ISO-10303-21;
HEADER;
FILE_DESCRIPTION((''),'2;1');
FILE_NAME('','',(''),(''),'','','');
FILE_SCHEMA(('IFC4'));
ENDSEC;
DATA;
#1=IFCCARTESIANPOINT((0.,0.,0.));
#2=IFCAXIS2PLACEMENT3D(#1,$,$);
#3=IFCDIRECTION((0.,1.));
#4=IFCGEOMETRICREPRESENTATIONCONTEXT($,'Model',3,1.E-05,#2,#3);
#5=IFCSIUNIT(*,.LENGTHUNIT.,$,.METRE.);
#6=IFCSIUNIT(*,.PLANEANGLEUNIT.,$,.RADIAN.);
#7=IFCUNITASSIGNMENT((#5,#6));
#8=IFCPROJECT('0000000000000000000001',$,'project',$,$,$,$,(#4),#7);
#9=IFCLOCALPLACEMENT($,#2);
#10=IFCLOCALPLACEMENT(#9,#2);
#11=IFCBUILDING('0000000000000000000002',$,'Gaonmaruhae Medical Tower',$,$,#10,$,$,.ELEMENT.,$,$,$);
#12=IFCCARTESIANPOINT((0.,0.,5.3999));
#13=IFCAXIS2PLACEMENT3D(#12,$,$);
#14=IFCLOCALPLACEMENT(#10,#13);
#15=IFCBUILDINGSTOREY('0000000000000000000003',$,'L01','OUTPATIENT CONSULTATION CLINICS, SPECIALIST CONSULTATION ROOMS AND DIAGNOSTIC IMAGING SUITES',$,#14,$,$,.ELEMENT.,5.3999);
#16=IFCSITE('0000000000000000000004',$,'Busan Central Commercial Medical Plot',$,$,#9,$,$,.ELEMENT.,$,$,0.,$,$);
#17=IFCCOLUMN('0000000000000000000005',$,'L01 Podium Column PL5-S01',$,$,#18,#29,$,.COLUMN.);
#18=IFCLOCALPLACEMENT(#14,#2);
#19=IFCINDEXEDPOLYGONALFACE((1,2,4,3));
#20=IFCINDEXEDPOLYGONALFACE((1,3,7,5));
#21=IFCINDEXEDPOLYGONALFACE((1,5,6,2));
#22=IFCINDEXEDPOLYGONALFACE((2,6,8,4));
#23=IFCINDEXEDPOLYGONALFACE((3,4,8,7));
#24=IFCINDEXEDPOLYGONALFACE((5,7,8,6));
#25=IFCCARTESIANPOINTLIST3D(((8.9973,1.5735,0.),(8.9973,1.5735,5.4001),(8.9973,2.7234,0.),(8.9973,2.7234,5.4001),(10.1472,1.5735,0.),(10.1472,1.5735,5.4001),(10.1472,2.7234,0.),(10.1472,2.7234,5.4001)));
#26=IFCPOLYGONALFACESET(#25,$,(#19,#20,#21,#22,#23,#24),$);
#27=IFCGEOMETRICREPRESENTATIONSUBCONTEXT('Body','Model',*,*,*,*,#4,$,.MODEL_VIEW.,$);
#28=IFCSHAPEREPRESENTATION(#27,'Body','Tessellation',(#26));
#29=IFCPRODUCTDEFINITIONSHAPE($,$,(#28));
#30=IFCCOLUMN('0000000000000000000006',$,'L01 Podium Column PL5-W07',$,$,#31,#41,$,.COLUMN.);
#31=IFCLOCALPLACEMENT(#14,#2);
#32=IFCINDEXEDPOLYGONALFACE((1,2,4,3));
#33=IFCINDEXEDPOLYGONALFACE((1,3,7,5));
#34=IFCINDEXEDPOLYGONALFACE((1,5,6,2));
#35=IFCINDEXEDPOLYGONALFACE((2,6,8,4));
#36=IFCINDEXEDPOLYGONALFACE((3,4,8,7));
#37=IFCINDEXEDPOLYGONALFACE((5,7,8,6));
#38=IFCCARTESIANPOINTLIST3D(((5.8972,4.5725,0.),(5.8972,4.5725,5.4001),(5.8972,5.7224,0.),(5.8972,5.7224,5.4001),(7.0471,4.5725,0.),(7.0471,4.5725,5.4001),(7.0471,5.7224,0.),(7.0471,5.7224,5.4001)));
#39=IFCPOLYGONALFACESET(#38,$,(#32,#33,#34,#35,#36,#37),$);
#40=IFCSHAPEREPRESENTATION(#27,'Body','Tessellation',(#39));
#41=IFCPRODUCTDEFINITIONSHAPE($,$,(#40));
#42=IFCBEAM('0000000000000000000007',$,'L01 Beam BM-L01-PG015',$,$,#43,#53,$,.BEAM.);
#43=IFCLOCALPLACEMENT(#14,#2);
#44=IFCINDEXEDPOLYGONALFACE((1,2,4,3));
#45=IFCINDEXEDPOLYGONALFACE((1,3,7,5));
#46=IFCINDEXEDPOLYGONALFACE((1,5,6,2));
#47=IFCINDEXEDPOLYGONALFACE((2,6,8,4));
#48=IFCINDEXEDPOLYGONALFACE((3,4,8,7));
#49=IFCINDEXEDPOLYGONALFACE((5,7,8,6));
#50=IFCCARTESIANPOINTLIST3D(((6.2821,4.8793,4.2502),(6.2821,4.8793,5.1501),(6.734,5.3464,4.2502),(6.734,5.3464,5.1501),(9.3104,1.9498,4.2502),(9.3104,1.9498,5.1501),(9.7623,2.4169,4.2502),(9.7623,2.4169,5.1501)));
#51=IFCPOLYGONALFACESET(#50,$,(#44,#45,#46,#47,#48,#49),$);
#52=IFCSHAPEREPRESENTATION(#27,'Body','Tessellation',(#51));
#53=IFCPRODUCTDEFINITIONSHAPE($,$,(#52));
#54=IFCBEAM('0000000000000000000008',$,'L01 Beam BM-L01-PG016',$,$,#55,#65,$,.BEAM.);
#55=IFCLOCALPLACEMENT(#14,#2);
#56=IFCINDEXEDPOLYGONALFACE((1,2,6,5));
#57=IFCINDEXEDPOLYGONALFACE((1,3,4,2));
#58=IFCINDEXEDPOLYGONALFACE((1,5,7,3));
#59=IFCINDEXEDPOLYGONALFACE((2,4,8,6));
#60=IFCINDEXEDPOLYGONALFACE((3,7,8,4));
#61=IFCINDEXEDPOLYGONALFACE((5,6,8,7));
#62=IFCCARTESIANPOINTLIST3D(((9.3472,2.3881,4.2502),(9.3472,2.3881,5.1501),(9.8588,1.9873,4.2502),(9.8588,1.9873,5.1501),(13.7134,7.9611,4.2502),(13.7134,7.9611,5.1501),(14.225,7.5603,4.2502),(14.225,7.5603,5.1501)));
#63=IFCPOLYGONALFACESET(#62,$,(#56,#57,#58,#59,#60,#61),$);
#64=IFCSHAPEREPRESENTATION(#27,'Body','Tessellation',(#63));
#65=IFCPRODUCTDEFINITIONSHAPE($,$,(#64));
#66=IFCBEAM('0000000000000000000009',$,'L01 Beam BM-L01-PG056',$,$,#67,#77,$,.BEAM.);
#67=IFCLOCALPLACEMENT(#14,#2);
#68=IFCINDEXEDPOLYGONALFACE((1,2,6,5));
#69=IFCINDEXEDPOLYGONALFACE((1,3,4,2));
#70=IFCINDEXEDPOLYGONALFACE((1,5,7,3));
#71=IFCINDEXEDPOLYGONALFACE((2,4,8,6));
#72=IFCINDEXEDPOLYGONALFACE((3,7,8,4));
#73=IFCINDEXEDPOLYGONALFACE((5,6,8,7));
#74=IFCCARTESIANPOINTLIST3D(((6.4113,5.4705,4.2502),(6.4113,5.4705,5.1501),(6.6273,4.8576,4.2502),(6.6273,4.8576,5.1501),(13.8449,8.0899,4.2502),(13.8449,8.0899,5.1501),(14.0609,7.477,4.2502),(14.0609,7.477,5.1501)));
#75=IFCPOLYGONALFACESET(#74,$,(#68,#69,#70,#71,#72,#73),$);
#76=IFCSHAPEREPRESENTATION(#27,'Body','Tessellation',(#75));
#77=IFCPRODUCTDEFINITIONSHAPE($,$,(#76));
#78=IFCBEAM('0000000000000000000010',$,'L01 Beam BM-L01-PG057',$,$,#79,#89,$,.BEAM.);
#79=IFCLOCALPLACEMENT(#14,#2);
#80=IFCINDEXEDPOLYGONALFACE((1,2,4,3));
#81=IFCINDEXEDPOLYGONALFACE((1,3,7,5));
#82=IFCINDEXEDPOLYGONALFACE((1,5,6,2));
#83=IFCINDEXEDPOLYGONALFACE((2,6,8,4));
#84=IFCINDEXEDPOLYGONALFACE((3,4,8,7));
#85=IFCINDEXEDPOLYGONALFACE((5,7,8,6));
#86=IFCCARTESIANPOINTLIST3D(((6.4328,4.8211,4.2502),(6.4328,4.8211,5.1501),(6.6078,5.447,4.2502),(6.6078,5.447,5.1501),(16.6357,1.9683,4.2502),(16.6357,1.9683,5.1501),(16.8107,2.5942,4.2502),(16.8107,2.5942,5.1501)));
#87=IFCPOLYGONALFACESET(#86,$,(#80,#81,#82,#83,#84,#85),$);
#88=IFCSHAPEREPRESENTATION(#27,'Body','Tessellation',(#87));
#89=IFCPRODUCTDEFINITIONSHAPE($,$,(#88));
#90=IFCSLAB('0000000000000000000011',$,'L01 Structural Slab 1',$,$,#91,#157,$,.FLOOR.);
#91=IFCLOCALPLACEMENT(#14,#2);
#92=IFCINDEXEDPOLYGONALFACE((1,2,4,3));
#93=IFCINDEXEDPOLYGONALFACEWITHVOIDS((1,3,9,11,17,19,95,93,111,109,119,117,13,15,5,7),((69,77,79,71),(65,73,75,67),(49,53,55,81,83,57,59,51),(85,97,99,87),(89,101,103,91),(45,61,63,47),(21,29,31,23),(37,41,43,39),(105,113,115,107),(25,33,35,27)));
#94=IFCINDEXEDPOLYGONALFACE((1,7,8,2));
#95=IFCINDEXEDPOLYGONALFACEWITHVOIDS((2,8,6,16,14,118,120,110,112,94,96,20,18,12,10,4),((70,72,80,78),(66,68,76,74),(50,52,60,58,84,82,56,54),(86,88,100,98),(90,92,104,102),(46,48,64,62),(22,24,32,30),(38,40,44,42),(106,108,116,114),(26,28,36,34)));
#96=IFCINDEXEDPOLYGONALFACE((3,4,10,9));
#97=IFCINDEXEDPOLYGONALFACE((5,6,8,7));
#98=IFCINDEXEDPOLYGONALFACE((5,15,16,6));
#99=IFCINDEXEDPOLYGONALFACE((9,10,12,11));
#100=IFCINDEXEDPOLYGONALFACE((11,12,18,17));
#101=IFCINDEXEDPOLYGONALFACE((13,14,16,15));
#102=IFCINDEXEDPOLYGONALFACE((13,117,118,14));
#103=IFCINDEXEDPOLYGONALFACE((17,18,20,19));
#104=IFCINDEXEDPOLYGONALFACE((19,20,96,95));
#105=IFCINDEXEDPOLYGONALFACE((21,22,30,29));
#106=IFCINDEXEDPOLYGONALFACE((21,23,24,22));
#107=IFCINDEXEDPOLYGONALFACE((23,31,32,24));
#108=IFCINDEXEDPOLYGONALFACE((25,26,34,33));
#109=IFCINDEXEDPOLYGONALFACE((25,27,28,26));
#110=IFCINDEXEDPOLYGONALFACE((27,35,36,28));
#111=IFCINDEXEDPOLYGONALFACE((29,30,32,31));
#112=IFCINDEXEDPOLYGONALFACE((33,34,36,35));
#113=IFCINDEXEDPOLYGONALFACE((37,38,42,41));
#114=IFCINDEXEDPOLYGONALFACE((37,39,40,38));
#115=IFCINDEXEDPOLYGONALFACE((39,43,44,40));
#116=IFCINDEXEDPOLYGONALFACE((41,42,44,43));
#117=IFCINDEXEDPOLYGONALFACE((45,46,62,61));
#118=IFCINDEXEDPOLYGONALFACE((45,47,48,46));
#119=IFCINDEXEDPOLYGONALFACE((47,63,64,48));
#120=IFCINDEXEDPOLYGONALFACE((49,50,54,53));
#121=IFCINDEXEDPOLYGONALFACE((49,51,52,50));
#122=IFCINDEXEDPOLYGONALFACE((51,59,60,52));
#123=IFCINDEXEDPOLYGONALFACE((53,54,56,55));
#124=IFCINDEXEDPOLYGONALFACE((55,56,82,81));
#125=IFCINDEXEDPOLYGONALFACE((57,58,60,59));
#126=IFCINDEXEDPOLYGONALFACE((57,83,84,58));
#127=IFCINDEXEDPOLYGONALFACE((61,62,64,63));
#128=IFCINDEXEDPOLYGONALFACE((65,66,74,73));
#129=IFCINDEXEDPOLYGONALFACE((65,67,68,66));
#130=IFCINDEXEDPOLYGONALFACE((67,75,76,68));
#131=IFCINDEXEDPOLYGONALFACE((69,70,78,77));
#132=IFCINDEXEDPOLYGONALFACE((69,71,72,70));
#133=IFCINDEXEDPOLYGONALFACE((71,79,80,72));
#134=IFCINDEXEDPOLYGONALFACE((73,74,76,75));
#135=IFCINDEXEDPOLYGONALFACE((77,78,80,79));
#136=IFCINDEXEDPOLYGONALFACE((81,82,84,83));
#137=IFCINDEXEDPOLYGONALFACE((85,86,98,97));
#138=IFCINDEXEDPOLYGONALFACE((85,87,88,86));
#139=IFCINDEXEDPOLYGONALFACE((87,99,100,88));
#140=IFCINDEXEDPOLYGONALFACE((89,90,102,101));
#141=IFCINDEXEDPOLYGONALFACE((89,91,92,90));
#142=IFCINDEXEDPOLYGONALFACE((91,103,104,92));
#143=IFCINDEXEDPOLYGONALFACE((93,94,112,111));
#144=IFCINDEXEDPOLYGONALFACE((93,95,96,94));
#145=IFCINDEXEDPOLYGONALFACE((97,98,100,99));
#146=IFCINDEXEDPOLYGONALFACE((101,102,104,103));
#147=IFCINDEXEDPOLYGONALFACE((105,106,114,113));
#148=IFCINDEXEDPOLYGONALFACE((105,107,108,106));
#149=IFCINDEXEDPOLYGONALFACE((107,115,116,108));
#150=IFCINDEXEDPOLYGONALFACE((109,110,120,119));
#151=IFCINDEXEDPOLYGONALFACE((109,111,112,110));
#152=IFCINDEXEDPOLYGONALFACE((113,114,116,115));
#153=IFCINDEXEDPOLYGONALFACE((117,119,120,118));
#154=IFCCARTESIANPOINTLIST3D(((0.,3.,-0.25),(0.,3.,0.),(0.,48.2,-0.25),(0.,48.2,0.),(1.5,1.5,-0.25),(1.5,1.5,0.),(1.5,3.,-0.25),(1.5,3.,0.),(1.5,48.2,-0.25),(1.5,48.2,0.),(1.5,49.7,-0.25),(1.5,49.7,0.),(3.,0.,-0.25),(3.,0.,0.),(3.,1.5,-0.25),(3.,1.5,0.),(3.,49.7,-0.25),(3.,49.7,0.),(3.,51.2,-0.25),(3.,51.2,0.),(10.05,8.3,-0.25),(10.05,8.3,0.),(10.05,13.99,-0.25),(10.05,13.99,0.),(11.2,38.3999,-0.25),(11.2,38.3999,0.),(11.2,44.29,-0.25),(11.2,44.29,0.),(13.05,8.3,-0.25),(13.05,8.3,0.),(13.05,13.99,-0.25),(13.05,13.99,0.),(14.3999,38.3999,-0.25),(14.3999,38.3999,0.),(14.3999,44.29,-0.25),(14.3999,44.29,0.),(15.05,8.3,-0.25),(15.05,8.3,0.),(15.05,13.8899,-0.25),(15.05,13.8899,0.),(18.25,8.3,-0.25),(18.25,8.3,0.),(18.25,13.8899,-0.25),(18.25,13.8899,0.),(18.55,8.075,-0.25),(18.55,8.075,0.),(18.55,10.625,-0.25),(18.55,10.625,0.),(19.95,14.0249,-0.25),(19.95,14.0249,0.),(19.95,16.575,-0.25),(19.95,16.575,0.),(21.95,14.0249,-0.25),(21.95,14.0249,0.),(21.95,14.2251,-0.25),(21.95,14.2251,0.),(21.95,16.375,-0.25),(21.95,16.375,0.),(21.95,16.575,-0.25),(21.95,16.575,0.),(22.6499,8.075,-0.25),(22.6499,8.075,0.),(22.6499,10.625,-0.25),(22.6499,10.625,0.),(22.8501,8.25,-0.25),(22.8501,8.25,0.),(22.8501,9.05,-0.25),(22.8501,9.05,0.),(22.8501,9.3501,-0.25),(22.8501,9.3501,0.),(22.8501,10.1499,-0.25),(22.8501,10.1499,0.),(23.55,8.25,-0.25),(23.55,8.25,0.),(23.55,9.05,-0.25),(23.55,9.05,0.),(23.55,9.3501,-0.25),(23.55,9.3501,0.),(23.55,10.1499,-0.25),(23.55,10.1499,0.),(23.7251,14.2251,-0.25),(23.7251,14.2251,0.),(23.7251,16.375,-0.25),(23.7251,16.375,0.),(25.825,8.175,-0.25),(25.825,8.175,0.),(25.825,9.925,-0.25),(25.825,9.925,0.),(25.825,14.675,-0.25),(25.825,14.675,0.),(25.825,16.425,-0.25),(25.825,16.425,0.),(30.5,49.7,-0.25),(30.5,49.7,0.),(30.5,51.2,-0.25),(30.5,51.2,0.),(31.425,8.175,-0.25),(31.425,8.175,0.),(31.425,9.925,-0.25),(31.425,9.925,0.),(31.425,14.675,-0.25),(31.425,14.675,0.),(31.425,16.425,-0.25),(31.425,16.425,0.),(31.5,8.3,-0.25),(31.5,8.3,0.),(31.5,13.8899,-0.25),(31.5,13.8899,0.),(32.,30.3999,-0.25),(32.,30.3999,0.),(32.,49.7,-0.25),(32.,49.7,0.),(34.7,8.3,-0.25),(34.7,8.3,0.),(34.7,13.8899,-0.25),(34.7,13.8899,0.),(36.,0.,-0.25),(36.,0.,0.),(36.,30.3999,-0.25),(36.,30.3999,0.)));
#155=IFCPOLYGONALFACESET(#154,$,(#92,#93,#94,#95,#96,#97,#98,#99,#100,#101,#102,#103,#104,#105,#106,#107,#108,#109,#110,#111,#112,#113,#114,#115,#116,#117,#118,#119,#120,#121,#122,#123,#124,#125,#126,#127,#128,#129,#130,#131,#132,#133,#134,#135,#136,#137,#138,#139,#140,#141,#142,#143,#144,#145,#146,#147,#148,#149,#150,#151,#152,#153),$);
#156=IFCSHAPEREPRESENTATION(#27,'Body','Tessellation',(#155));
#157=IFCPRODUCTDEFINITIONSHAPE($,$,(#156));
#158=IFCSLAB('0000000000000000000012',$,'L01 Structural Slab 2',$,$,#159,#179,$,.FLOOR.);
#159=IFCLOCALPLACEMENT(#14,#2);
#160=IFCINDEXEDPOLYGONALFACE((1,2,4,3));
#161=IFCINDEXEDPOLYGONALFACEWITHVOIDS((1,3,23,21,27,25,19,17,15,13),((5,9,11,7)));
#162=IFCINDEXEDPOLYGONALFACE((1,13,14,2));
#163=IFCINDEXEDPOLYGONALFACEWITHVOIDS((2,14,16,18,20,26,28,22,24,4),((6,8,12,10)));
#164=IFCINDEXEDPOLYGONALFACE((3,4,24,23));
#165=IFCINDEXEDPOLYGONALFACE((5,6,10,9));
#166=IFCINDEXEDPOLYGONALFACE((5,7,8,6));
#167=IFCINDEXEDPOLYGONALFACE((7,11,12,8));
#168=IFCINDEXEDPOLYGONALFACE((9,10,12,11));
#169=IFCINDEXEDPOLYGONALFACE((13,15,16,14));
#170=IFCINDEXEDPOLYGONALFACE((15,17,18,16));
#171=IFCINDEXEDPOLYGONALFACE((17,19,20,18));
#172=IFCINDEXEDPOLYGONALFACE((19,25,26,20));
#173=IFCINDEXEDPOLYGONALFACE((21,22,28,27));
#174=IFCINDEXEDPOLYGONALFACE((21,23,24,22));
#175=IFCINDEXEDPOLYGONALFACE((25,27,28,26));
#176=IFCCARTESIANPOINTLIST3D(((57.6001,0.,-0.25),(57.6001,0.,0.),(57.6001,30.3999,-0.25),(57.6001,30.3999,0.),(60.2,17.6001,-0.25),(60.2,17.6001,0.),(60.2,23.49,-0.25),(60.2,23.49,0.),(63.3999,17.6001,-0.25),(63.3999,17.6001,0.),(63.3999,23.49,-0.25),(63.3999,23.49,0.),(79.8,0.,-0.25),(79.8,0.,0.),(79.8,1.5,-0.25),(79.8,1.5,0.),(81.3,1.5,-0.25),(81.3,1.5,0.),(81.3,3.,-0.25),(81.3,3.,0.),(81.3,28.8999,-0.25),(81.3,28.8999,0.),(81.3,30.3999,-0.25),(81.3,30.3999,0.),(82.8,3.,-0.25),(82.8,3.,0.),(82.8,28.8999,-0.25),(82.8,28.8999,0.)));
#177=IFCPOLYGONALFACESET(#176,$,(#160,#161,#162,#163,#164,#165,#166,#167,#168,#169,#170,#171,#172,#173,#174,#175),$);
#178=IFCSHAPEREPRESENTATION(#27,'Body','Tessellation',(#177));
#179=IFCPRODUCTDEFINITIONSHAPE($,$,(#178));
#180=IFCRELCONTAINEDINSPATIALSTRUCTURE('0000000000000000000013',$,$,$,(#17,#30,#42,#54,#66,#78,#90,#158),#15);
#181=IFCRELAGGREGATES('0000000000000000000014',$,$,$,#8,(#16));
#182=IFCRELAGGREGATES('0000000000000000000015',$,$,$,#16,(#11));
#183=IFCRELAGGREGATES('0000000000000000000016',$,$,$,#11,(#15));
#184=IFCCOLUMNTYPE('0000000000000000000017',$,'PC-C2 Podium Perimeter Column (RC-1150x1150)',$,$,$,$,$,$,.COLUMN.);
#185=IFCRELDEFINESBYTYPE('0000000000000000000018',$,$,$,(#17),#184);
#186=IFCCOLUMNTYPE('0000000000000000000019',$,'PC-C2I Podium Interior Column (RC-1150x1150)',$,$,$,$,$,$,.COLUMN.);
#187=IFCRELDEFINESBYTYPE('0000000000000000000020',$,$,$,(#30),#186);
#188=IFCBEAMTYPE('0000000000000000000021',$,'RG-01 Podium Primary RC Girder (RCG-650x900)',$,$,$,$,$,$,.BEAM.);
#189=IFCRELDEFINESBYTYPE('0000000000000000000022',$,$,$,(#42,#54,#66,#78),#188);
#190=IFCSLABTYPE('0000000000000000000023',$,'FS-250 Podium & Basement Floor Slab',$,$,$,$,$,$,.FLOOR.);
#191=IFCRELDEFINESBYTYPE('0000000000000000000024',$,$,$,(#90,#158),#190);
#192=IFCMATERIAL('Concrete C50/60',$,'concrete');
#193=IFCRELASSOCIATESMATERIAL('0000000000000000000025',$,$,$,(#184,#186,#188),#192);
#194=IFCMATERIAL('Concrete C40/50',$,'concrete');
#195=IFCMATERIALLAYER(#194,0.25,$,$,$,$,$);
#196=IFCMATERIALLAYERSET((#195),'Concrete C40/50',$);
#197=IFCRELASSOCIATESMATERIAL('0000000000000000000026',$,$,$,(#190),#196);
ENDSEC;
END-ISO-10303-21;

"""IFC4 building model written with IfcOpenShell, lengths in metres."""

from ifc_helpers import new_model, si_unit, direction, frame, origin, origin_2d, place, context, subcontext, project, spatial, polyline, rectangle, outline, extrude, material, layer, layer_set, material_profile, profile_set, type_object, element, save


model = new_model("IFC4")

# Units and contexts
model_context = context("Model", 3, precision=1e-05, world=origin(), true_north=direction((0.0, 1.0)))
body_context = subcontext(model_context, "Body", "Model", "MODEL_VIEW")
ifc_project = project(units=[si_unit("LENGTHUNIT", "METRE"), si_unit("PLANEANGLEUNIT", "RADIAN")], contexts=[model_context])

# Site, building, storey
site_placement = place(None, origin())
site = spatial("IfcSite", under=ifc_project, at=site_placement, Name="Busan Central Commercial Medical Plot", CompositionType="ELEMENT", RefElevation=0.0)
building_placement = place(site_placement, origin())
building = spatial("IfcBuilding", under=site, at=building_placement, Name="Gaonmaruhae Medical Tower", CompositionType="ELEMENT")
storey_placement = place(building_placement, frame((0.0, 0.0, 5.3999)))
storey = spatial("IfcBuildingStorey", under=building, at=storey_placement, Name="L01", Description="OUTPATIENT CONSULTATION CLINICS, SPECIALIST CONSULTATION ROOMS AND DIAGNOSTIC IMAGING SUITES", CompositionType="ELEMENT", Elevation=5.3999)

# Columns
ifc_material_1 = material(Name="Concrete C50/60", Category="concrete")
ifc_material_profile_1 = material_profile(ifc_material_1, rectangle(XDim=1.1499, YDim=1.1499, at=origin_2d()), Name="RC-1150x1150")
ifc_profile_set_1 = profile_set([ifc_material_profile_1], Name="Concrete C50/60")
column_type_1 = type_object("IfcColumnType", Name="PC-C2 Podium Perimeter Column (RC-1150x1150)", PredefinedType="COLUMN", material=ifc_profile_set_1)
column_1_placement = place(storey_placement, frame((9.5723, 2.1484, 0.0), z_axis=(0.0, 0.0, 1.0), x_axis=(1.0, 0.0, 0.0)))
element("IfcColumn", 1, at=column_1_placement, inside=storey, type_object=column_type_1, Name="L01 Podium Column PL5-S01", PredefinedType="COLUMN", context=body_context, shape_type="SweptSolid", body=[
    extrude(rectangle(XDim=1.1499, YDim=1.1499, at=origin_2d()), origin(), (0.0, 0.0, 1.0), 5.4001),
])
ifc_material_profile_2 = material_profile(ifc_material_1, rectangle(XDim=1.1499, YDim=1.1499, at=origin_2d()), Name="RC-1150x1150")
ifc_profile_set_2 = profile_set([ifc_material_profile_2], Name="Concrete C50/60")
column_type_2 = type_object("IfcColumnType", Name="PC-C2I Podium Interior Column (RC-1150x1150)", PredefinedType="COLUMN", material=ifc_profile_set_2)
column_2_placement = place(storey_placement, frame((6.4722, 5.1475, 0.0), z_axis=(0.0, 0.0, 1.0), x_axis=(1.0, 0.0, 0.0)))
element("IfcColumn", 2, at=column_2_placement, inside=storey, type_object=column_type_2, Name="L01 Podium Column PL5-W07", PredefinedType="COLUMN", context=body_context, shape_type="SweptSolid", body=[
    extrude(rectangle(XDim=1.1499, YDim=1.1499, at=origin_2d()), origin(), (0.0, 0.0, 1.0), 5.4001),
])

# Beams
ifc_material_profile_3 = material_profile(ifc_material_1, rectangle(XDim=0.6499, YDim=0.8999, at=origin_2d()), Name="RCG-650x900")
ifc_profile_set_3 = profile_set([ifc_material_profile_3], Name="Concrete C50/60")
beam_type = type_object("IfcBeamType", Name="RG-01 Podium Primary RC Girder (RCG-650x900)", PredefinedType="BEAM", material=ifc_profile_set_3)
beam_1_placement = place(storey_placement, frame((9.5364, 2.1833, 4.7002), z_axis=(-0.718743, 0.695276, 0.0), x_axis=(-0.695276, -0.718743, 0.0)))
element("IfcBeam", 3, at=beam_1_placement, inside=storey, type_object=beam_type, Name="L01 Beam BM-L01-PG015", PredefinedType="BEAM", context=body_context, shape_type="SweptSolid", body=[
    extrude(rectangle(XDim=0.6499, YDim=0.8999, at=origin_2d()), origin(), (0.0, 0.0, 1.0), 4.2134),
])
beam_2_placement = place(storey_placement, frame((9.603, 2.1877, 4.7002), z_axis=(0.616723, 0.78718, 0.0), x_axis=(-0.78718, 0.616723, 0.0)))
element("IfcBeam", 4, at=beam_2_placement, inside=storey, type_object=beam_type, Name="L01 Beam BM-L01-PG016", PredefinedType="BEAM", context=body_context, shape_type="SweptSolid", body=[
    extrude(rectangle(XDim=0.6499, YDim=0.8999, at=origin_2d()), origin(), (0.0, 0.0, 1.0), 7.0796),
])
beam_3_placement = place(storey_placement, frame((6.5193, 5.1641, 4.7002), z_axis=(0.943159, 0.332342, 0.0), x_axis=(-0.332342, 0.943159, 0.0)))
element("IfcBeam", 5, at=beam_3_placement, inside=storey, type_object=beam_type, Name="L01 Beam BM-L01-PG056", PredefinedType="BEAM", context=body_context, shape_type="SweptSolid", body=[
    extrude(rectangle(XDim=0.6499, YDim=0.8999, at=origin_2d()), origin(), (0.0, 0.0, 1.0), 7.8816),
])
beam_4_placement = place(storey_placement, frame((6.5203, 5.134, 4.7002), z_axis=(0.963063, -0.269278, 0.0), x_axis=(0.269278, 0.963063, 0.0)))
element("IfcBeam", 6, at=beam_4_placement, inside=storey, type_object=beam_type, Name="L01 Beam BM-L01-PG057", PredefinedType="BEAM", context=body_context, shape_type="SweptSolid", body=[
    extrude(rectangle(XDim=0.6499, YDim=0.8999, at=origin_2d()), origin(), (0.0, 0.0, 1.0), 10.5942),
])

# Slabs
ifc_material_2 = material(Name="Concrete C40/50", Category="concrete")
ifc_layer_1 = layer(ifc_material_2, 0.25)
ifc_layer_set_1 = layer_set([ifc_layer_1], Name="Concrete C40/50")
slab_type_1 = type_object("IfcSlabType", Name="FS-250 Podium & Basement Floor Slab", PredefinedType="FLOOR", material=ifc_layer_set_1)
slab_1_placement = place(storey_placement, frame((0.0, 0.0, -0.25)))
element("IfcSlab", 7, at=slab_1_placement, inside=storey, type_object=slab_type_1, Name="L01 Structural Slab 1", PredefinedType="FLOOR", context=body_context, shape_type="SweptSolid", body=[
    extrude(outline(polyline([(3.0, 0.0), (3.0, 1.5), (1.5, 1.5), (1.5, 3.0), (0.0, 3.0), (0.0, 48.2), (1.5, 48.2), (1.5, 49.7), (3.0, 49.7), (3.0, 51.2), (30.5, 51.2), (30.5, 49.7), (32.0, 49.7), (32.0, 30.3999), (36.0, 30.3999), (36.0, 0.0), (3.0, 0.0)]), holes=[polyline([(23.55, 8.25), (22.8501, 8.25), (22.8501, 9.05), (23.55, 9.05), (23.55, 8.25)]), polyline([(22.6499, 10.625), (22.6499, 8.075), (18.55, 8.075), (18.55, 10.625), (22.6499, 10.625)]), polyline([(15.05, 13.8899), (18.25, 13.8899), (18.25, 8.3), (15.05, 8.3), (15.05, 13.8899)]), polyline([(13.05, 13.99), (13.05, 8.3), (10.05, 8.3), (10.05, 13.99), (13.05, 13.99)]), polyline([(21.95, 14.0249), (19.95, 14.0249), (19.95, 16.575), (21.95, 16.575), (21.95, 16.375), (23.7251, 16.375), (23.7251, 14.2251), (21.95, 14.2251), (21.95, 14.0249)]), polyline([(11.2, 44.29), (14.3999, 44.29), (14.3999, 38.3999), (11.2, 38.3999), (11.2, 44.29)]), polyline([(31.425, 9.925), (31.425, 8.175), (25.825, 8.175), (25.825, 9.925), (31.425, 9.925)]), polyline([(22.8501, 9.3501), (22.8501, 10.1499), (23.55, 10.1499), (23.55, 9.3501), (22.8501, 9.3501)]), polyline([(31.5, 13.8899), (34.7, 13.8899), (34.7, 8.3), (31.5, 8.3), (31.5, 13.8899)]), polyline([(31.425, 16.425), (31.425, 14.675), (25.825, 14.675), (25.825, 16.425), (31.425, 16.425)])]), origin(), (0.0, 0.0, 1.0), 0.25),
])
slab_2_placement = place(storey_placement, frame((0.0, 0.0, -0.25)))
element("IfcSlab", 8, at=slab_2_placement, inside=storey, type_object=slab_type_1, Name="L01 Structural Slab 2", PredefinedType="FLOOR", context=body_context, shape_type="SweptSolid", body=[
    extrude(outline(polyline([(81.3, 30.3999), (81.3, 28.8999), (82.8, 28.8999), (82.8, 3.0), (81.3, 3.0), (81.3, 1.5), (79.8, 1.5), (79.8, 0.0), (57.6001, 0.0), (57.6001, 30.3999), (81.3, 30.3999)]), holes=[polyline([(63.3999, 23.49), (63.3999, 17.6001), (60.2, 17.6001), (60.2, 23.49), (63.3999, 23.49)])]), origin(), (0.0, 0.0, 1.0), 0.25),
])

save(model, "model.ifc")
